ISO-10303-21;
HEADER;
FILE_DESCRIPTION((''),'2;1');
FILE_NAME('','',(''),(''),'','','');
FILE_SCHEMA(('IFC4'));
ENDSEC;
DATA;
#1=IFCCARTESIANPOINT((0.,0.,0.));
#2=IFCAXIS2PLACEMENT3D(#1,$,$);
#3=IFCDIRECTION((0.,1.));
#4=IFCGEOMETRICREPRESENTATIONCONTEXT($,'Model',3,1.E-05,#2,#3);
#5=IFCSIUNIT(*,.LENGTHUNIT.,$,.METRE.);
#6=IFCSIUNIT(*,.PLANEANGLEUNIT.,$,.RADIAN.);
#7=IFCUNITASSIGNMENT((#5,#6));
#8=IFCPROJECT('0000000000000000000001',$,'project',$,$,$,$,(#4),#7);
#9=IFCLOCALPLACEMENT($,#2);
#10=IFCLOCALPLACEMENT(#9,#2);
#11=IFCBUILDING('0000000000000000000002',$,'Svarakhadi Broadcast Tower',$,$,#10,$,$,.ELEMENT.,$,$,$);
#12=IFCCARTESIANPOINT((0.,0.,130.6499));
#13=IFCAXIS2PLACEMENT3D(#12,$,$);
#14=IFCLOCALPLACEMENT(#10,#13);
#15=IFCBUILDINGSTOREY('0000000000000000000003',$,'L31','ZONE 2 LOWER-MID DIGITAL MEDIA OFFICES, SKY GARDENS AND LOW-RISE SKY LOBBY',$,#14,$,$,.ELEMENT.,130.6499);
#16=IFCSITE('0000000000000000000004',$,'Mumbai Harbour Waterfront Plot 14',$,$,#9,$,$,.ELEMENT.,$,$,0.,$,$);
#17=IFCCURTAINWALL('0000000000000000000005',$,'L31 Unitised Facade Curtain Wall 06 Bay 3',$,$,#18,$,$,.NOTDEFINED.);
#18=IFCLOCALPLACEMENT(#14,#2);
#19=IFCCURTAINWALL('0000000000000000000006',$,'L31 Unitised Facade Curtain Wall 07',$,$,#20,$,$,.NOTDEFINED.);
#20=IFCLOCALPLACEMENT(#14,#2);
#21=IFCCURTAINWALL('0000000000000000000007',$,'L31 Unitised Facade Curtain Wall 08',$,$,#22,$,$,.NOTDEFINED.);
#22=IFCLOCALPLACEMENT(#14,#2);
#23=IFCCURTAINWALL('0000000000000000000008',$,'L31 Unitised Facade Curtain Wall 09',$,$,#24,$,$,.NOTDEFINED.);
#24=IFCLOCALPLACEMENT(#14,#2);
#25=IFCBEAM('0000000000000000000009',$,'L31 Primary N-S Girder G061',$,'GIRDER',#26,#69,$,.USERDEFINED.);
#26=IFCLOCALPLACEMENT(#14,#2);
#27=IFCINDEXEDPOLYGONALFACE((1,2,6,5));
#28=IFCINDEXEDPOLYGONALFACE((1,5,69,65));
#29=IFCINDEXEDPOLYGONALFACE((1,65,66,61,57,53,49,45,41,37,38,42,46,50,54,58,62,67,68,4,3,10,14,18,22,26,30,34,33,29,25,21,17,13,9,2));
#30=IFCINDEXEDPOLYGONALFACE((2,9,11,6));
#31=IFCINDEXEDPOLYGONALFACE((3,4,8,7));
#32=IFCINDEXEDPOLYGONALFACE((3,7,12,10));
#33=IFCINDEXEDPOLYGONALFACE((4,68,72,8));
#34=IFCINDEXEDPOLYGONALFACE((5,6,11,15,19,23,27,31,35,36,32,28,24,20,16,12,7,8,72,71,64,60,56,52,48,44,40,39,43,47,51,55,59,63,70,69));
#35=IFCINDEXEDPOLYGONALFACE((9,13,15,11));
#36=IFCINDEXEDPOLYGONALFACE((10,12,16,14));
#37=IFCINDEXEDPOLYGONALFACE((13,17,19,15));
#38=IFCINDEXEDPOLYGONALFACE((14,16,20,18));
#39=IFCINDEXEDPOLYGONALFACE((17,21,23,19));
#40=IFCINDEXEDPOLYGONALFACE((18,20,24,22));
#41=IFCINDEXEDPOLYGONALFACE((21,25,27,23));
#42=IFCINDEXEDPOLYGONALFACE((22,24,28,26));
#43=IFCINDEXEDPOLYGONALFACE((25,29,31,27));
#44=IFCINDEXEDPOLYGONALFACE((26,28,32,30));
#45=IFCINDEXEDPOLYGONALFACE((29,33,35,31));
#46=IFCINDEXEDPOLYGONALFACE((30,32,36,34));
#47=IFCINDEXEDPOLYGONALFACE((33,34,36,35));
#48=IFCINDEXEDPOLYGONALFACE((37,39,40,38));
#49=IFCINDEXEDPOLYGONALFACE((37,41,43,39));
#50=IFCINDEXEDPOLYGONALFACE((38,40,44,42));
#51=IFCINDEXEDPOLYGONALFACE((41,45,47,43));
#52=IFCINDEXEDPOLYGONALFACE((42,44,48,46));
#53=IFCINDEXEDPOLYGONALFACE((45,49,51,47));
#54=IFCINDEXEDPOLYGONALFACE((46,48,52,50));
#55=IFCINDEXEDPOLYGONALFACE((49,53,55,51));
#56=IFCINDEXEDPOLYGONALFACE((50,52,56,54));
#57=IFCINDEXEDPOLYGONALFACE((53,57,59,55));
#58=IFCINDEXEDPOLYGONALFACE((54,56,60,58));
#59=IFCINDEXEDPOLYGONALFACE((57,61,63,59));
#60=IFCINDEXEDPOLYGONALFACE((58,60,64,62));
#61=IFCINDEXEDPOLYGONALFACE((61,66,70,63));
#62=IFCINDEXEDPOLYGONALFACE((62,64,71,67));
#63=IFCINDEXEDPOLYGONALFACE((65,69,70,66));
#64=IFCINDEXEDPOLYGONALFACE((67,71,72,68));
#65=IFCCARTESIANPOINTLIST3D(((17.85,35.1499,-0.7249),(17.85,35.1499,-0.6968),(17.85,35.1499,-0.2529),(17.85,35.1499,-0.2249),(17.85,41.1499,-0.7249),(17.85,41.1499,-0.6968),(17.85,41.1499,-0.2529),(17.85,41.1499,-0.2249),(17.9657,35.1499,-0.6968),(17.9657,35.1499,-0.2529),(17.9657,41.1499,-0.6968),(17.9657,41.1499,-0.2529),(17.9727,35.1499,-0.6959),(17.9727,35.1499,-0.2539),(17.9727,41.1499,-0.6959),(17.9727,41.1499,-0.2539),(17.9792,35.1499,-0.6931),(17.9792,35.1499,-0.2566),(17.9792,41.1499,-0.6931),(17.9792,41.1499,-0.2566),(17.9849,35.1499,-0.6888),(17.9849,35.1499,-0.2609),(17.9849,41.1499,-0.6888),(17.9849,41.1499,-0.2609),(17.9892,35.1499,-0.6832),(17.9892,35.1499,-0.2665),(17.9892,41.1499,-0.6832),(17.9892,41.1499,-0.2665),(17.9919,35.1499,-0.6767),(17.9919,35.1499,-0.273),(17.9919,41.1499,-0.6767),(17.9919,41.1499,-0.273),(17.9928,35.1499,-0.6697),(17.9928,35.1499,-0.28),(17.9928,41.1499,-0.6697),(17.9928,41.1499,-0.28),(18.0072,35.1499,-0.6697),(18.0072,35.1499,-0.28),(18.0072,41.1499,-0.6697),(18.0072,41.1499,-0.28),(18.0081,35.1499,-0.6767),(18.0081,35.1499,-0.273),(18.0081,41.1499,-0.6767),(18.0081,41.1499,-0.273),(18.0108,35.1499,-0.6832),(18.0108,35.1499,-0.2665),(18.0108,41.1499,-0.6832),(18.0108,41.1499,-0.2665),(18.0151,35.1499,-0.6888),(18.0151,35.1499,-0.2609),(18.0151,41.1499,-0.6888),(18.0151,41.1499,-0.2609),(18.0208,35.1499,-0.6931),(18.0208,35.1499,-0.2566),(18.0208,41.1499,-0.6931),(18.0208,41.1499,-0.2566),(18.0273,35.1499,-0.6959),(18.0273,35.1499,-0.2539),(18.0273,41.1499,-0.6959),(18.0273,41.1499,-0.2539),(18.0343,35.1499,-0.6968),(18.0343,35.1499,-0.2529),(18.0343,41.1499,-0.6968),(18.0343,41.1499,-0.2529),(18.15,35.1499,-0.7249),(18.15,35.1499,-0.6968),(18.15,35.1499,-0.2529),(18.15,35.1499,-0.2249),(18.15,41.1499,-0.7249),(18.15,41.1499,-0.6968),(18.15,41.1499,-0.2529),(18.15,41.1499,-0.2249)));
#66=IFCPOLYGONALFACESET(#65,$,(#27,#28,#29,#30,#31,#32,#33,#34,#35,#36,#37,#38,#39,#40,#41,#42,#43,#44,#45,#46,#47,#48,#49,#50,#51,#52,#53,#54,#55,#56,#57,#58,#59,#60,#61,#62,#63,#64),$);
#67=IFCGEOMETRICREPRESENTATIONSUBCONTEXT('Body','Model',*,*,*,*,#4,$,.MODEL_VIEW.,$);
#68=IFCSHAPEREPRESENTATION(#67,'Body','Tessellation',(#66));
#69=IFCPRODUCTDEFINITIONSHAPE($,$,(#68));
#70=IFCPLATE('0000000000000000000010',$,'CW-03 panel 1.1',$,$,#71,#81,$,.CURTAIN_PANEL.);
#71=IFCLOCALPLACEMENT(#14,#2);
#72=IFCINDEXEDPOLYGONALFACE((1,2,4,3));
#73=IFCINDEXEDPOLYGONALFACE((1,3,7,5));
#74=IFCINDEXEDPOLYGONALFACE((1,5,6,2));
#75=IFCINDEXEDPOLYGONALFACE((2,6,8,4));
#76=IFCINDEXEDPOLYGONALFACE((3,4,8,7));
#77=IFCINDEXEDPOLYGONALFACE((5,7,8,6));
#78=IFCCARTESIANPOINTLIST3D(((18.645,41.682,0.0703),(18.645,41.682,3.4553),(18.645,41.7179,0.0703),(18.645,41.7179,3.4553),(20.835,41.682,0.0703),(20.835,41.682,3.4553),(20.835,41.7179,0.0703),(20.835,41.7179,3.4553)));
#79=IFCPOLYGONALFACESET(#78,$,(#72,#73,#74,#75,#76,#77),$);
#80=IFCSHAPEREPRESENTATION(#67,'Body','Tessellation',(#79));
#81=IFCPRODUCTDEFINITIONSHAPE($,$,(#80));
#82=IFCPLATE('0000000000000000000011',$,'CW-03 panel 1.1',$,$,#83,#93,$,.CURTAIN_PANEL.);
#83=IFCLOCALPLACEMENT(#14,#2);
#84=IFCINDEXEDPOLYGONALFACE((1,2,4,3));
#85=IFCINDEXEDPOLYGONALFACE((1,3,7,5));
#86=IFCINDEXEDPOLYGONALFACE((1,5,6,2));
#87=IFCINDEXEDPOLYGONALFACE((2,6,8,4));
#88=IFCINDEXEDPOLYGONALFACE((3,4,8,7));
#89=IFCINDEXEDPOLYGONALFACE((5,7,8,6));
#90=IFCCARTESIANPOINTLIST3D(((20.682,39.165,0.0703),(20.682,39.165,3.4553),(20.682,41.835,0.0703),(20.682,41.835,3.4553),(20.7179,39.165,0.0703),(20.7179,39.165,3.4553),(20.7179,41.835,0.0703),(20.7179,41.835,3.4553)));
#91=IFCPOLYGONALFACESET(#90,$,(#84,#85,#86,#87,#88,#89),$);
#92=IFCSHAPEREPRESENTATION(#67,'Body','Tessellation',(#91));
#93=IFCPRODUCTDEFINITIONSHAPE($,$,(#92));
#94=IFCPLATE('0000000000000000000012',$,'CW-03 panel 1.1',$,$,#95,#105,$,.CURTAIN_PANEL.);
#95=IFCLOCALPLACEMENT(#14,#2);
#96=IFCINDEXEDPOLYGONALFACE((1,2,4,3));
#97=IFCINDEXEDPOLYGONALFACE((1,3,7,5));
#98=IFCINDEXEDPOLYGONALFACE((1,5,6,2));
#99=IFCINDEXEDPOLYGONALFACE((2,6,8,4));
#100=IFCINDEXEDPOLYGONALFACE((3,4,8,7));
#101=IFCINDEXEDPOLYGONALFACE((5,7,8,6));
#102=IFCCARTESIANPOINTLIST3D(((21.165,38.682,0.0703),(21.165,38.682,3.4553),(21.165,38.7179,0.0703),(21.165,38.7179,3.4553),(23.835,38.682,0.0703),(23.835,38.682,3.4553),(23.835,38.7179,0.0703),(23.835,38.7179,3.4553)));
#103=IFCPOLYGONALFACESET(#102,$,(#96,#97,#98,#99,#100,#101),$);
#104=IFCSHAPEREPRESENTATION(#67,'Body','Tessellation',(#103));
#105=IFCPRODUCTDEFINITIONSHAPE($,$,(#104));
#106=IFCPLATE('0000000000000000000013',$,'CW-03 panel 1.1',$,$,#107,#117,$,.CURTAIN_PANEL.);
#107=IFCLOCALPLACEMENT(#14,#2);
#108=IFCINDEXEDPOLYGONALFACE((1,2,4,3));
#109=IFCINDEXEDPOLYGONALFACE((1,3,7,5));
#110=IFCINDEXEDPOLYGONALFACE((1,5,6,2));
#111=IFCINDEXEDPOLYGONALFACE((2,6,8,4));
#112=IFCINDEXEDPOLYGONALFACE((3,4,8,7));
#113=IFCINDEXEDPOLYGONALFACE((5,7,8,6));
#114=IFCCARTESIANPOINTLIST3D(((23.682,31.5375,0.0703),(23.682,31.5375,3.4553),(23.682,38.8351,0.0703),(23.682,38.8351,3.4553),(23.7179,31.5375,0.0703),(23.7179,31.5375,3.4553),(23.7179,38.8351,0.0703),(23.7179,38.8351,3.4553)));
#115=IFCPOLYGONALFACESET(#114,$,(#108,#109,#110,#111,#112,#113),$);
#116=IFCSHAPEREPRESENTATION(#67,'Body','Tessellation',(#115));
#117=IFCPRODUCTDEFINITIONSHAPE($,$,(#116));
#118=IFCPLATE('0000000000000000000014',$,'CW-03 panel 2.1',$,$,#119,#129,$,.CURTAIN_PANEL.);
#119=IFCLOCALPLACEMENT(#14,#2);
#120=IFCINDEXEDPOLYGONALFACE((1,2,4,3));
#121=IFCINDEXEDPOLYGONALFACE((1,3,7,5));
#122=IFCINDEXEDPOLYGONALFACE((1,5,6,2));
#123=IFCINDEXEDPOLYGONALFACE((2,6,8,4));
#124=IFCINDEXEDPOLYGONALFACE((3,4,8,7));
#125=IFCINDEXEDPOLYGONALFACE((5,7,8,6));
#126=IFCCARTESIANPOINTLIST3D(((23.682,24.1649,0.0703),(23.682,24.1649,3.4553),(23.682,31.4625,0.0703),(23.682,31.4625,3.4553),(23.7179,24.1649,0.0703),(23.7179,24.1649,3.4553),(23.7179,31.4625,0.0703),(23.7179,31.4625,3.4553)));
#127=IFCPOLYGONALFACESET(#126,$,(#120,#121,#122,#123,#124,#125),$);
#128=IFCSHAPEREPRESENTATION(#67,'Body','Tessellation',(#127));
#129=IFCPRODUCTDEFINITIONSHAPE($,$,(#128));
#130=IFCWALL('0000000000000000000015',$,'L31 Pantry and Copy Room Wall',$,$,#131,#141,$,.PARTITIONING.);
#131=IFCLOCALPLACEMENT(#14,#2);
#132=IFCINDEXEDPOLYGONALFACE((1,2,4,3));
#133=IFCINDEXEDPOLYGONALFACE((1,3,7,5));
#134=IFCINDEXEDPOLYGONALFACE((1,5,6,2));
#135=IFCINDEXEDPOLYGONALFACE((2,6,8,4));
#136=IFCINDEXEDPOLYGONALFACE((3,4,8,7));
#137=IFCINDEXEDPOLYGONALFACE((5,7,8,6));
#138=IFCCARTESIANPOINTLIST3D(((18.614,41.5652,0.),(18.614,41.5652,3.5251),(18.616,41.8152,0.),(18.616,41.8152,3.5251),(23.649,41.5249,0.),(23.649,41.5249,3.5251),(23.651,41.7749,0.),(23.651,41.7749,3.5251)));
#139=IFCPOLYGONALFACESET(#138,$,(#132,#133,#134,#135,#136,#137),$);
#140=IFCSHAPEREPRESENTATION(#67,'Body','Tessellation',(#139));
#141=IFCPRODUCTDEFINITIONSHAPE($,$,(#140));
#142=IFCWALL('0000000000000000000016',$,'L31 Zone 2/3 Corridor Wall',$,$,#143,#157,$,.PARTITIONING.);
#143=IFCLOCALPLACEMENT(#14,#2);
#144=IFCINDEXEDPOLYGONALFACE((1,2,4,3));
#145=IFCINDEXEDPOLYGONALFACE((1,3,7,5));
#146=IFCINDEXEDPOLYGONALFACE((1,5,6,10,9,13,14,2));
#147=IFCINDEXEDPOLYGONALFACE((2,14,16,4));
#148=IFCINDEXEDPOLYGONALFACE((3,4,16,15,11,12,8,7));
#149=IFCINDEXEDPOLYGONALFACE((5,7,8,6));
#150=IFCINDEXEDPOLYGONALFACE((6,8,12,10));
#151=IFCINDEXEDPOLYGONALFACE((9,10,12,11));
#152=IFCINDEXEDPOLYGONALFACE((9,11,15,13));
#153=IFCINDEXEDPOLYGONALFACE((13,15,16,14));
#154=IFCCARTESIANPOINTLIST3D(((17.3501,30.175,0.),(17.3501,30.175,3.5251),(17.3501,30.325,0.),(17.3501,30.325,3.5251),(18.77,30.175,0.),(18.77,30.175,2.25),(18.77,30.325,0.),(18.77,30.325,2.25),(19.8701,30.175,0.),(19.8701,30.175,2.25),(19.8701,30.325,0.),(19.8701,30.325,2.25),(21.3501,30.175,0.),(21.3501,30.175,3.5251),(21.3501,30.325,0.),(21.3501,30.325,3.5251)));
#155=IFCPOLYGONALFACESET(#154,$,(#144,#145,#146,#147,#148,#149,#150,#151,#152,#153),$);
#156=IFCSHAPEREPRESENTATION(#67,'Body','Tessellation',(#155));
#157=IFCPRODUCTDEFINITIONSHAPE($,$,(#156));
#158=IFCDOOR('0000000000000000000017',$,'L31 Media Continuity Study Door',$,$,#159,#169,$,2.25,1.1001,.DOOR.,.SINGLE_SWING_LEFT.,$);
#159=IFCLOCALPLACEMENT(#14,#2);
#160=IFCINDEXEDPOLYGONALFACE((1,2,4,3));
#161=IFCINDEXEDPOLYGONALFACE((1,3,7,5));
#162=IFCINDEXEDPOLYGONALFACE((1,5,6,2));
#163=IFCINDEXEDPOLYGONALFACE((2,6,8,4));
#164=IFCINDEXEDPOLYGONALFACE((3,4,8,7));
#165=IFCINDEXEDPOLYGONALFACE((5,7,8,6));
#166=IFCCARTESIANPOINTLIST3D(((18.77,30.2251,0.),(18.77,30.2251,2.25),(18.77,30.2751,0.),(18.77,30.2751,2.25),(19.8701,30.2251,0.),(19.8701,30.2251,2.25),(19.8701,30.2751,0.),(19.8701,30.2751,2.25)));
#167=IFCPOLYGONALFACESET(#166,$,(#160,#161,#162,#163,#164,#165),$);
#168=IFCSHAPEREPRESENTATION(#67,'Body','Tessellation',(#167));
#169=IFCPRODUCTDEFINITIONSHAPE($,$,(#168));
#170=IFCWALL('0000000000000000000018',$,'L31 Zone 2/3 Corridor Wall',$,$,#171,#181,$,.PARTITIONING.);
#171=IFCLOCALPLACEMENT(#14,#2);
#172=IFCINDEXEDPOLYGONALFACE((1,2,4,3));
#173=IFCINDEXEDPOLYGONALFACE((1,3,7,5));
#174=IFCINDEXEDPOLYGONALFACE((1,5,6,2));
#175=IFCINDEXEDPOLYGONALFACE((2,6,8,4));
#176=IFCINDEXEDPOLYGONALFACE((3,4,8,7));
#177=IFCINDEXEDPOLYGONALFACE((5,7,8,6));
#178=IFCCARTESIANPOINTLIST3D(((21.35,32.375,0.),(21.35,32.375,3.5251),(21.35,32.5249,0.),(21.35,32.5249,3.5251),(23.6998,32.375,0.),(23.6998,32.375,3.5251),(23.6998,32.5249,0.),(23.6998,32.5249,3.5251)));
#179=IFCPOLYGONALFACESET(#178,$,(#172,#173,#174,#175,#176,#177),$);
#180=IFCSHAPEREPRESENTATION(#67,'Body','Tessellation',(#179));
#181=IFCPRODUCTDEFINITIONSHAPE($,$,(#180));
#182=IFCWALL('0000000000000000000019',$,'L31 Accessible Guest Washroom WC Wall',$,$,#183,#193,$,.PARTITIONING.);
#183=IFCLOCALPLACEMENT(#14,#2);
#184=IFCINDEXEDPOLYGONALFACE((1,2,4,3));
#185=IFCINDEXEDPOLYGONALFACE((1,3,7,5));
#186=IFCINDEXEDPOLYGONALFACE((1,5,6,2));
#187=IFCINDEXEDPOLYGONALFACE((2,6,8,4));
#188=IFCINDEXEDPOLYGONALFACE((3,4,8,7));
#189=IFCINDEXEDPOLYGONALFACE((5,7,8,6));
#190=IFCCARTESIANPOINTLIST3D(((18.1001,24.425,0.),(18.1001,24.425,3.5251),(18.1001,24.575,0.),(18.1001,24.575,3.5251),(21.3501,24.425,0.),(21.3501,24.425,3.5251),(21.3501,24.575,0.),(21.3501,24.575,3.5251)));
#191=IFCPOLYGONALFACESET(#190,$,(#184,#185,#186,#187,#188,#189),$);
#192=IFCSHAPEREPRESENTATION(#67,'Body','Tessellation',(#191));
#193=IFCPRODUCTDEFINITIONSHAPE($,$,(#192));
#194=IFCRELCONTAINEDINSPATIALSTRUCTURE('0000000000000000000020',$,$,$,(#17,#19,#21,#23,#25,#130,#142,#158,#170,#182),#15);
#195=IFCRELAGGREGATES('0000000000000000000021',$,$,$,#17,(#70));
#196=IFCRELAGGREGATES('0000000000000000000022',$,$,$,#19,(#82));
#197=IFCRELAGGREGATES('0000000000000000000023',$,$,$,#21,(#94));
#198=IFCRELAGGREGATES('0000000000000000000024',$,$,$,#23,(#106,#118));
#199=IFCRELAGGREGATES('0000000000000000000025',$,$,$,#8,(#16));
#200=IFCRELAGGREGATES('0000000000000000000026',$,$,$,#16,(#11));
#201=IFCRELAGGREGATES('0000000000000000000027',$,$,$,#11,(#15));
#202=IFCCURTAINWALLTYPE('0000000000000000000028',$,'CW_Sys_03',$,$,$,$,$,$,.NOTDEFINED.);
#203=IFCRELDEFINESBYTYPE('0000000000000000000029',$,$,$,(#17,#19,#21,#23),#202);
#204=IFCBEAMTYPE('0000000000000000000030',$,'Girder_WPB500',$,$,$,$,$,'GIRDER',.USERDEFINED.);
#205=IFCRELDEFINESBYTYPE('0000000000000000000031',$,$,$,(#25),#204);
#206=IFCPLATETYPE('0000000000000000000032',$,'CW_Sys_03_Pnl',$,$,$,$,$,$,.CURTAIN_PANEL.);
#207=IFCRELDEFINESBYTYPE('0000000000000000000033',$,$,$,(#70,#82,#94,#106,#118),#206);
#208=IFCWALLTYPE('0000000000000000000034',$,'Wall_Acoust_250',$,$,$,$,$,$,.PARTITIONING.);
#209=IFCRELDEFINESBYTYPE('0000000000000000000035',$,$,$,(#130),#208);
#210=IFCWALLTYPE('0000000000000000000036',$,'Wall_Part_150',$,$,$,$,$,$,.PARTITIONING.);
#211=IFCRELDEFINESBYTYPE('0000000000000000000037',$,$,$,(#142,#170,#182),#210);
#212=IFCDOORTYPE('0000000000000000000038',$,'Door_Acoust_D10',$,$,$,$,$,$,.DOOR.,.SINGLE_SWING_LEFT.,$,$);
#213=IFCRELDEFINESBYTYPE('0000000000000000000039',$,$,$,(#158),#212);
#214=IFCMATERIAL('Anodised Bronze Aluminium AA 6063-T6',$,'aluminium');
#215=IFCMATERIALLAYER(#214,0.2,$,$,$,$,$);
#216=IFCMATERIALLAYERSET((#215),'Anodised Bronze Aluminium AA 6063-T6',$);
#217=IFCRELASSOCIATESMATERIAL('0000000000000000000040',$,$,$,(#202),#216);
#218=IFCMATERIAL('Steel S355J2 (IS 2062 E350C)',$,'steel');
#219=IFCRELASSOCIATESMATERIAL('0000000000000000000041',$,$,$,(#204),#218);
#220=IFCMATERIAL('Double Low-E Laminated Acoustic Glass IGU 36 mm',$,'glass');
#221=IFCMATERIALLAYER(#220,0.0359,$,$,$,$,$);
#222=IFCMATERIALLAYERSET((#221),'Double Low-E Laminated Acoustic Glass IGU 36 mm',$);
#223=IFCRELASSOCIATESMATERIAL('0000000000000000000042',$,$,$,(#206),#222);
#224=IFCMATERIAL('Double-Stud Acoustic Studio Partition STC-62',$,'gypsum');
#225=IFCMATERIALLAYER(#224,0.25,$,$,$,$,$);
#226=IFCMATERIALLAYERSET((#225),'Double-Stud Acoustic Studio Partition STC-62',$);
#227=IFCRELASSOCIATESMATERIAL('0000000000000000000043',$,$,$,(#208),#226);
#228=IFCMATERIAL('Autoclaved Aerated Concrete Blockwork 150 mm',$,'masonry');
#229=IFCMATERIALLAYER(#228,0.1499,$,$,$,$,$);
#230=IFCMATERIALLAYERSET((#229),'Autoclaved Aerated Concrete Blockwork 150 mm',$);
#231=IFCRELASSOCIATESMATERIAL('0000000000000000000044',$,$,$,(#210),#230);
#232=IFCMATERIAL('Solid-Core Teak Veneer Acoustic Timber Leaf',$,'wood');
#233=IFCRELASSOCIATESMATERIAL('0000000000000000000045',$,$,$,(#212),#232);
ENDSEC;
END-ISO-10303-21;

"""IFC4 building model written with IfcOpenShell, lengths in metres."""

from ifc_helpers import new_model, si_unit, direction, frame, frame_2d, origin, origin_2d, place, context, subcontext, project, spatial, rectangle, i_section, extrude, material, layer, layer_set, material_profile, profile_set, type_object, element, fill, aggregate, save


model = new_model("IFC4")

# Units and contexts
model_context = context("Model", 3, precision=1e-05, world=origin(), true_north=direction((0.0, 1.0)))
body_context = subcontext(model_context, "Body", "Model", "MODEL_VIEW")
ifc_project = project(units=[si_unit("LENGTHUNIT", "METRE"), si_unit("PLANEANGLEUNIT", "RADIAN")], contexts=[model_context])

# Site, building, storey
site_placement = place(None, origin())
site = spatial("IfcSite", under=ifc_project, at=site_placement, Name="Mumbai Harbour Waterfront Plot 14", CompositionType="ELEMENT", RefElevation=0.0)
building_placement = place(site_placement, origin())
building = spatial("IfcBuilding", under=site, at=building_placement, Name="Svarakhadi Broadcast Tower", CompositionType="ELEMENT")
storey_placement = place(building_placement, frame((0.0, 0.0, 130.6499)))
storey = spatial("IfcBuildingStorey", under=building, at=storey_placement, Name="L31", Description="ZONE 2 LOWER-MID DIGITAL MEDIA OFFICES, SKY GARDENS AND LOW-RISE SKY LOBBY", CompositionType="ELEMENT", Elevation=130.6499)

# Curtain walls
ifc_material_1 = material(Name="Anodised Bronze Aluminium AA 6063-T6", Category="aluminium")
ifc_layer_1 = layer(ifc_material_1, 0.2)
ifc_layer_set_1 = layer_set([ifc_layer_1], Name="Anodised Bronze Aluminium AA 6063-T6")
curtain_wall_type = type_object("IfcCurtainWallType", Name="CW_Sys_03", PredefinedType="NOTDEFINED", material=ifc_layer_set_1)
curtain_wall_1_placement = place(storey_placement, origin())
curtain_wall_1 = element("IfcCurtainWall", 1, at=curtain_wall_1_placement, inside=storey, type_object=curtain_wall_type, Name="L31 Unitised Facade Curtain Wall 06 Bay 3", PredefinedType="NOTDEFINED")
curtain_wall_2_placement = place(storey_placement, origin())
curtain_wall_2 = element("IfcCurtainWall", 2, at=curtain_wall_2_placement, inside=storey, type_object=curtain_wall_type, Name="L31 Unitised Facade Curtain Wall 07", PredefinedType="NOTDEFINED")
curtain_wall_3_placement = place(storey_placement, origin())
curtain_wall_3 = element("IfcCurtainWall", 3, at=curtain_wall_3_placement, inside=storey, type_object=curtain_wall_type, Name="L31 Unitised Facade Curtain Wall 08", PredefinedType="NOTDEFINED")
curtain_wall_4_placement = place(storey_placement, origin())
curtain_wall_4 = element("IfcCurtainWall", 4, at=curtain_wall_4_placement, inside=storey, type_object=curtain_wall_type, Name="L31 Unitised Facade Curtain Wall 09", PredefinedType="NOTDEFINED")

# Beam
ifc_material_2 = material(Name="Steel S355J2 (IS 2062 E350C)", Category="steel")
ifc_material_profile_1 = material_profile(ifc_material_2, i_section(OverallWidth=0.3, OverallDepth=0.5, WebThickness=0.0144, FlangeThickness=0.0281, FilletRadius=0.0271, at=origin_2d()), Name="WPB 500x300x187")
ifc_profile_set_1 = profile_set([ifc_material_profile_1], Name="Steel S355J2 (IS 2062 E350C)")
beam_type = type_object("IfcBeamType", Name="Girder_WPB500", ElementType="GIRDER", PredefinedType="USERDEFINED", material=ifc_profile_set_1)
for number, where, z_axis, x_axis, name in (
    (5, (18.0, 35.1499, -0.4749), (0.0, 1.0, 0.0), (-1.0, 0.0, 0.0), "L31 Primary N-S Girder G061"),
):
    element("IfcBeam", number, at=place(storey_placement, frame(where, z_axis=z_axis, x_axis=x_axis)), inside=storey, type_object=beam_type, Name=name, ObjectType="GIRDER", PredefinedType="USERDEFINED", context=body_context, shape_type="SweptSolid", body=[
        extrude(i_section(OverallWidth=0.3, OverallDepth=0.5, WebThickness=0.0144, FlangeThickness=0.0281, FilletRadius=0.0271, at=origin_2d()), origin(), (0.0, 0.0, 1.0), 6.0),
    ])

# Plates
ifc_material_3 = material(Name="Double Low-E Laminated Acoustic Glass IGU 36 mm", Category="glass")
ifc_layer_2 = layer(ifc_material_3, 0.0359)
ifc_layer_set_2 = layer_set([ifc_layer_2], Name="Double Low-E Laminated Acoustic Glass IGU 36 mm")
plate_type = type_object("IfcPlateType", Name="CW_Sys_03_Pnl", PredefinedType="CURTAIN_PANEL", material=ifc_layer_set_2)
plate_1_placement = place(storey_placement, frame((19.74, 41.7, 0.0703), z_axis=(0.0, 0.0, 1.0), x_axis=(1.0, 0.0, 0.0)))
plate_1 = element("IfcPlate", 6, at=plate_1_placement, type_object=plate_type, Name="CW-03 panel 1.1", PredefinedType="CURTAIN_PANEL", context=body_context, shape_type="SweptSolid", body=[
    extrude(rectangle(XDim=2.1899, YDim=0.0359, at=origin_2d()), origin(), (0.0, 0.0, 1.0), 3.385),
])
aggregate(curtain_wall_1, [plate_1])
plate_2_placement = place(storey_placement, frame((20.7, 40.5, 0.0703), z_axis=(0.0, 0.0, 1.0), x_axis=(0.0, -1.0, 0.0)))
plate_2 = element("IfcPlate", 7, at=plate_2_placement, type_object=plate_type, Name="CW-03 panel 1.1", PredefinedType="CURTAIN_PANEL", context=body_context, shape_type="SweptSolid", body=[
    extrude(rectangle(XDim=2.6699, YDim=0.0359, at=origin_2d()), origin(), (0.0, 0.0, 1.0), 3.385),
])
aggregate(curtain_wall_2, [plate_2])
plate_3_placement = place(storey_placement, frame((22.5, 38.7, 0.0703), z_axis=(0.0, 0.0, 1.0), x_axis=(1.0, 0.0, 0.0)))
plate_3 = element("IfcPlate", 8, at=plate_3_placement, type_object=plate_type, Name="CW-03 panel 1.1", PredefinedType="CURTAIN_PANEL", context=body_context, shape_type="SweptSolid", body=[
    extrude(rectangle(XDim=2.6699, YDim=0.0359, at=origin_2d()), origin(), (0.0, 0.0, 1.0), 3.385),
])
aggregate(curtain_wall_3, [plate_3])
plate_4_placement = place(storey_placement, frame((23.7, 35.1863, 0.0703), z_axis=(0.0, 0.0, 1.0), x_axis=(0.0, -1.0, 0.0)))
plate_4 = element("IfcPlate", 9, at=plate_4_placement, type_object=plate_type, Name="CW-03 panel 1.1", PredefinedType="CURTAIN_PANEL", context=body_context, shape_type="SweptSolid", body=[
    extrude(rectangle(XDim=7.2976, YDim=0.0359, at=origin_2d()), origin(), (0.0, 0.0, 1.0), 3.385),
])
plate_5_placement = place(storey_placement, frame((23.7, 27.8137, 0.0703), z_axis=(0.0, 0.0, 1.0), x_axis=(0.0, -1.0, 0.0)))
plate_5 = element("IfcPlate", 10, at=plate_5_placement, type_object=plate_type, Name="CW-03 panel 2.1", PredefinedType="CURTAIN_PANEL", context=body_context, shape_type="SweptSolid", body=[
    extrude(rectangle(XDim=7.2976, YDim=0.0359, at=origin_2d()), origin(), (0.0, 0.0, 1.0), 3.385),
])
aggregate(curtain_wall_4, [plate_4, plate_5])

# Wall
ifc_material_4 = material(Name="Double-Stud Acoustic Studio Partition STC-62", Category="gypsum")
ifc_layer_3 = layer(ifc_material_4, 0.25)
ifc_layer_set_3 = layer_set([ifc_layer_3], Name="Double-Stud Acoustic Studio Partition STC-62")
wall_type_1 = type_object("IfcWallType", Name="Wall_Acoust_250", PredefinedType="PARTITIONING", material=ifc_layer_set_3)
wall_1_placement = place(storey_placement, frame((18.615, 41.6902, 0.0), z_axis=(0.0, 0.0, 1.0), x_axis=(0.999968, -0.008001, 0.0)))
element("IfcWall", 11, at=wall_1_placement, inside=storey, type_object=wall_type_1, Name="L31 Pantry and Copy Room Wall", PredefinedType="PARTITIONING", context=body_context, shape_type="SweptSolid", body=[
    extrude(rectangle(XDim=5.0352, YDim=0.25, at=frame_2d((2.5176, 0.0))), origin(), (0.0, 0.0, 1.0), 3.5251),
])

# Wall, opening, door
ifc_material_5 = material(Name="Autoclaved Aerated Concrete Blockwork 150 mm", Category="masonry")
ifc_layer_4 = layer(ifc_material_5, 0.1499)
ifc_layer_set_4 = layer_set([ifc_layer_4], Name="Autoclaved Aerated Concrete Blockwork 150 mm")
wall_type_2 = type_object("IfcWallType", Name="Wall_Part_150", PredefinedType="PARTITIONING", material=ifc_layer_set_4)
wall_2_placement = place(storey_placement, frame((21.3501, 30.25, 0.0), z_axis=(0.0, 0.0, 1.0), x_axis=(-1.0, 0.0, 0.0)))
wall_2 = element("IfcWall", 12, at=wall_2_placement, inside=storey, type_object=wall_type_2, Name="L31 Zone 2/3 Corridor Wall", PredefinedType="PARTITIONING", context=body_context, shape_type="SweptSolid", body=[
    extrude(rectangle(XDim=4.0, YDim=0.1499, at=frame_2d((2.0, 0.0))), origin(), (0.0, 0.0, 1.0), 3.5251),
])
opening_placement = place(wall_2_placement, frame((1.48, 0.0, 0.0)))
opening = element("IfcOpeningElement", 13, at=opening_placement, cuts=wall_2, PredefinedType="OPENING", context=body_context, shape_type="SweptSolid", body=[
    extrude(rectangle(XDim=1.1001, YDim=2.25, at=frame_2d((0.55, 1.125))), frame((0.0, 0.085, 0.0), z_axis=(0.0, -1.0, 0.0), x_axis=(1.0, 0.0, 0.0)), (0.0, 0.0, 1.0), 0.1699),
])
ifc_material_6 = material(Name="Solid-Core Teak Veneer Acoustic Timber Leaf", Category="wood")
door_type = type_object("IfcDoorType", Name="Door_Acoust_D10", OperationType="SINGLE_SWING_LEFT", PredefinedType="DOOR", material=ifc_material_6)
door_placement = place(opening_placement, origin())
door = element("IfcDoor", 14, at=door_placement, inside=storey, type_object=door_type, Name="L31 Media Continuity Study Door", OperationType="SINGLE_SWING_LEFT", OverallHeight=2.25, OverallWidth=1.1001, PredefinedType="DOOR", context=body_context, shape_type="SweptSolid", body=[
    extrude(rectangle(XDim=1.1001, YDim=2.25, at=frame_2d((0.55, 1.125))), frame((0.0, 0.0249, 0.0), z_axis=(0.0, -1.0, 0.0), x_axis=(1.0, 0.0, 0.0)), (0.0, 0.0, 1.0), 0.05),
])
fill(opening, door)

# Walls
wall_3_placement = place(storey_placement, frame((21.3501, 32.45, 0.0), z_axis=(0.0, 0.0, 1.0), x_axis=(1.0, 0.0, 0.0)))
element("IfcWall", 15, at=wall_3_placement, inside=storey, type_object=wall_type_2, Name="L31 Zone 2/3 Corridor Wall", PredefinedType="PARTITIONING", context=body_context, shape_type="SweptSolid", body=[
    extrude(rectangle(XDim=2.3499, YDim=0.1499, at=frame_2d((1.1748, 0.0))), origin(), (0.0, 0.0, 1.0), 3.5251),
])
for number, where, z_axis, x_axis, name in (
    (16, (18.1001, 24.5, 0.0), (0.0, 0.0, 1.0), (1.0, 0.0, 0.0), "L31 Accessible Guest Washroom WC Wall"),
):
    element("IfcWall", number, at=place(storey_placement, frame(where, z_axis=z_axis, x_axis=x_axis)), inside=storey, type_object=wall_type_2, Name=name, PredefinedType="PARTITIONING", context=body_context, shape_type="SweptSolid", body=[
        extrude(rectangle(XDim=3.25, YDim=0.1499, at=frame_2d((1.625, 0.0))), origin(), (0.0, 0.0, 1.0), 3.5251),
    ])

save(model, "model.ifc")
